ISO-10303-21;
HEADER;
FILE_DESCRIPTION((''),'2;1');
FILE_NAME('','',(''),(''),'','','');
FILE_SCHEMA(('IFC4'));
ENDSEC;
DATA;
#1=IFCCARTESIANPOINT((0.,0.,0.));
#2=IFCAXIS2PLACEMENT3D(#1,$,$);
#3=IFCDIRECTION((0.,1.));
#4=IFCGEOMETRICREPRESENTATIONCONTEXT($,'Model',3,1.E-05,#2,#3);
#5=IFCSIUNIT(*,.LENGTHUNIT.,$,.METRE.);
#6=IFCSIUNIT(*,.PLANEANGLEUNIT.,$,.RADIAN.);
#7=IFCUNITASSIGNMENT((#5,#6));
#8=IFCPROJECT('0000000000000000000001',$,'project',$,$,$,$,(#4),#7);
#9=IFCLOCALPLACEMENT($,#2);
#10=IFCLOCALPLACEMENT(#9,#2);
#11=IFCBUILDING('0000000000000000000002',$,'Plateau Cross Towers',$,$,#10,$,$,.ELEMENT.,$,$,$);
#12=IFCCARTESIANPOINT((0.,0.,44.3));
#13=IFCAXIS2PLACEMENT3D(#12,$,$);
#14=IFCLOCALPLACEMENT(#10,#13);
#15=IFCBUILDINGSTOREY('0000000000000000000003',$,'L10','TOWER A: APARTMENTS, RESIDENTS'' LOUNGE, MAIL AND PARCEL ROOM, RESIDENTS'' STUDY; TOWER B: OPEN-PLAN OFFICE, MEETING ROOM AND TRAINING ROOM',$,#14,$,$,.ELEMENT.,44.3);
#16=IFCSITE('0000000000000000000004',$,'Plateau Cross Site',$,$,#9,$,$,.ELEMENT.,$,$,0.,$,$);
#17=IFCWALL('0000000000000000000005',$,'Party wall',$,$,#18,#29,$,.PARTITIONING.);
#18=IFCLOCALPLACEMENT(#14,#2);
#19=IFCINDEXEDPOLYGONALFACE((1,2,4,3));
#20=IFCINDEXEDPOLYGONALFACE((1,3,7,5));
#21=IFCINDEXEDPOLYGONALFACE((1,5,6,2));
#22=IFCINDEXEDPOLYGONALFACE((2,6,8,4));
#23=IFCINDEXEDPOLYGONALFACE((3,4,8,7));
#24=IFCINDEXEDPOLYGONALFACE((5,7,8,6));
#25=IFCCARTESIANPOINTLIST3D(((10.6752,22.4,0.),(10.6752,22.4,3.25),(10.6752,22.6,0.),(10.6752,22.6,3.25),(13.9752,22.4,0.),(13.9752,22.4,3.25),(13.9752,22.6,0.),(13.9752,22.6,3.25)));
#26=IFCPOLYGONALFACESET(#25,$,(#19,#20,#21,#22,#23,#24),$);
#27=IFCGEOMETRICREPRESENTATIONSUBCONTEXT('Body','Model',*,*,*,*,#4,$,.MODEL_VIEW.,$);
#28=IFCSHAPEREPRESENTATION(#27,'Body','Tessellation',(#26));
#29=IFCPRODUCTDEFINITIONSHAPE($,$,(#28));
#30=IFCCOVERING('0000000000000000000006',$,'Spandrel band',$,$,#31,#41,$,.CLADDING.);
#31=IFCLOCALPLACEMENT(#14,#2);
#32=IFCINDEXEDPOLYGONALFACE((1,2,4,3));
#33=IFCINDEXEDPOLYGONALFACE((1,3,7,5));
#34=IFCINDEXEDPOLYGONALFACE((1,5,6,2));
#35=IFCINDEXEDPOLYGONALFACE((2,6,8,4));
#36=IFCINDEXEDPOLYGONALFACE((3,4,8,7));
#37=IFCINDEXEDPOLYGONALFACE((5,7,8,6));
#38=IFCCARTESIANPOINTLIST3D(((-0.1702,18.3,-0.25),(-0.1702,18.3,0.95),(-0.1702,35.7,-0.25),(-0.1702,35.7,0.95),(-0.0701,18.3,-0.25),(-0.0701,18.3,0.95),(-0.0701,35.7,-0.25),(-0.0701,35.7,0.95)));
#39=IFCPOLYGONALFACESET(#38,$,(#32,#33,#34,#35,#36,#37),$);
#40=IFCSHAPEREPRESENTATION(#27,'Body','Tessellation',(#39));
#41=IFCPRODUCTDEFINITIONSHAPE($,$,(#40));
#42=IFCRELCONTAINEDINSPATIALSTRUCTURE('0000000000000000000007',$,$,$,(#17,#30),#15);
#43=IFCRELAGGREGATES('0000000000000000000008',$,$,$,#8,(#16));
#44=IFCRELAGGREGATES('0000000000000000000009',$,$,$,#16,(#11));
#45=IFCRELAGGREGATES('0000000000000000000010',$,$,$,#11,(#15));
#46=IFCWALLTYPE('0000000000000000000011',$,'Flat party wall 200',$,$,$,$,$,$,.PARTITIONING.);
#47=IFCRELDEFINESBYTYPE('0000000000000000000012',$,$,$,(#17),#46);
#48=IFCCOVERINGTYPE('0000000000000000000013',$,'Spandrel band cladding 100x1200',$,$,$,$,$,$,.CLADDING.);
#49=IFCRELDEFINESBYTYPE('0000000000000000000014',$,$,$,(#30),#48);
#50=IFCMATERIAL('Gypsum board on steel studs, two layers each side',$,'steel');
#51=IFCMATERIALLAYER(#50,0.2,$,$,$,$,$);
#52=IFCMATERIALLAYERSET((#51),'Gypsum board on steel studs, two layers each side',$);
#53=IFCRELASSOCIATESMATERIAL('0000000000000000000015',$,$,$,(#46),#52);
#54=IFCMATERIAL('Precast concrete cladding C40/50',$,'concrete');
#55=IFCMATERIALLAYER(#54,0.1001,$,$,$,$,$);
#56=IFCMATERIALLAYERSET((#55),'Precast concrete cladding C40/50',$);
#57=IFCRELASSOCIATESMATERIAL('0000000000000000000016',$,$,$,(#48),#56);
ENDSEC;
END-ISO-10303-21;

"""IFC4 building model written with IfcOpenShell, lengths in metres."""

from ifc_helpers import new_model, si_unit, direction, frame, frame_2d, origin, origin_2d, place, context, subcontext, project, spatial, rectangle, extrude, material, layer, layer_set, type_object, element, save


model = new_model("IFC4")

# Units and contexts
model_context = context("Model", 3, precision=1e-05, world=origin(), true_north=direction((0.0, 1.0)))
body_context = subcontext(model_context, "Body", "Model", "MODEL_VIEW")
ifc_project = project(units=[si_unit("LENGTHUNIT", "METRE"), si_unit("PLANEANGLEUNIT", "RADIAN")], contexts=[model_context])

# Site, building, storey
site_placement = place(None, origin())
site = spatial("IfcSite", under=ifc_project, at=site_placement, Name="Plateau Cross Site", CompositionType="ELEMENT", RefElevation=0.0)
building_placement = place(site_placement, origin())
building = spatial("IfcBuilding", under=site, at=building_placement, Name="Plateau Cross Towers", CompositionType="ELEMENT")
storey_placement = place(building_placement, frame((0.0, 0.0, 44.3)))
storey = spatial("IfcBuildingStorey", under=building, at=storey_placement, Name="L10", Description="TOWER A: APARTMENTS, RESIDENTS' LOUNGE, MAIL AND PARCEL ROOM, RESIDENTS' STUDY; TOWER B: OPEN-PLAN OFFICE, MEETING ROOM AND TRAINING ROOM", CompositionType="ELEMENT", Elevation=44.3)

# Wall
ifc_material_1 = material(Name="Gypsum board on steel studs, two layers each side", Category="steel")
ifc_layer_1 = layer(ifc_material_1, 0.2)
ifc_layer_set_1 = layer_set([ifc_layer_1], Name="Gypsum board on steel studs, two layers each side")
wall_type_1 = type_object("IfcWallType", Name="Flat party wall 200", PredefinedType="PARTITIONING", material=ifc_layer_set_1)
wall_1_placement = place(storey_placement, frame((13.9751, 22.5, 0.0), z_axis=(0.0, 0.0, 1.0), x_axis=(-1.0, 0.0, 0.0)))
element("IfcWall", 1, at=wall_1_placement, inside=storey, type_object=wall_type_1, Name="Party wall", PredefinedType="PARTITIONING", context=body_context, shape_type="SweptSolid", body=[
    extrude(rectangle(XDim=3.3, YDim=0.2, at=frame_2d((1.6499, 0.0))), origin(), (0.0, 0.0, 1.0), 3.25),
])

# Covering
ifc_material_2 = material(Name="Precast concrete cladding C40/50", Category="concrete")
ifc_layer_2 = layer(ifc_material_2, 0.1001)
ifc_layer_set_2 = layer_set([ifc_layer_2], Name="Precast concrete cladding C40/50")
covering_type = type_object("IfcCoveringType", Name="Spandrel band cladding 100x1200", PredefinedType="CLADDING", material=ifc_layer_set_2)
covering_placement = place(storey_placement, frame((-0.1201, 27.0, -0.25), z_axis=(0.0, 0.0, 1.0), x_axis=(0.0, -1.0, 0.0)))
element("IfcCovering", 2, at=covering_placement, inside=storey, type_object=covering_type, Name="Spandrel band", PredefinedType="CLADDING", context=body_context, shape_type="SweptSolid", body=[
    extrude(rectangle(XDim=17.3999, YDim=0.1001, at=origin_2d()), origin(), (0.0, 0.0, 1.0), 1.2),
])

save(model, "model.ifc")
